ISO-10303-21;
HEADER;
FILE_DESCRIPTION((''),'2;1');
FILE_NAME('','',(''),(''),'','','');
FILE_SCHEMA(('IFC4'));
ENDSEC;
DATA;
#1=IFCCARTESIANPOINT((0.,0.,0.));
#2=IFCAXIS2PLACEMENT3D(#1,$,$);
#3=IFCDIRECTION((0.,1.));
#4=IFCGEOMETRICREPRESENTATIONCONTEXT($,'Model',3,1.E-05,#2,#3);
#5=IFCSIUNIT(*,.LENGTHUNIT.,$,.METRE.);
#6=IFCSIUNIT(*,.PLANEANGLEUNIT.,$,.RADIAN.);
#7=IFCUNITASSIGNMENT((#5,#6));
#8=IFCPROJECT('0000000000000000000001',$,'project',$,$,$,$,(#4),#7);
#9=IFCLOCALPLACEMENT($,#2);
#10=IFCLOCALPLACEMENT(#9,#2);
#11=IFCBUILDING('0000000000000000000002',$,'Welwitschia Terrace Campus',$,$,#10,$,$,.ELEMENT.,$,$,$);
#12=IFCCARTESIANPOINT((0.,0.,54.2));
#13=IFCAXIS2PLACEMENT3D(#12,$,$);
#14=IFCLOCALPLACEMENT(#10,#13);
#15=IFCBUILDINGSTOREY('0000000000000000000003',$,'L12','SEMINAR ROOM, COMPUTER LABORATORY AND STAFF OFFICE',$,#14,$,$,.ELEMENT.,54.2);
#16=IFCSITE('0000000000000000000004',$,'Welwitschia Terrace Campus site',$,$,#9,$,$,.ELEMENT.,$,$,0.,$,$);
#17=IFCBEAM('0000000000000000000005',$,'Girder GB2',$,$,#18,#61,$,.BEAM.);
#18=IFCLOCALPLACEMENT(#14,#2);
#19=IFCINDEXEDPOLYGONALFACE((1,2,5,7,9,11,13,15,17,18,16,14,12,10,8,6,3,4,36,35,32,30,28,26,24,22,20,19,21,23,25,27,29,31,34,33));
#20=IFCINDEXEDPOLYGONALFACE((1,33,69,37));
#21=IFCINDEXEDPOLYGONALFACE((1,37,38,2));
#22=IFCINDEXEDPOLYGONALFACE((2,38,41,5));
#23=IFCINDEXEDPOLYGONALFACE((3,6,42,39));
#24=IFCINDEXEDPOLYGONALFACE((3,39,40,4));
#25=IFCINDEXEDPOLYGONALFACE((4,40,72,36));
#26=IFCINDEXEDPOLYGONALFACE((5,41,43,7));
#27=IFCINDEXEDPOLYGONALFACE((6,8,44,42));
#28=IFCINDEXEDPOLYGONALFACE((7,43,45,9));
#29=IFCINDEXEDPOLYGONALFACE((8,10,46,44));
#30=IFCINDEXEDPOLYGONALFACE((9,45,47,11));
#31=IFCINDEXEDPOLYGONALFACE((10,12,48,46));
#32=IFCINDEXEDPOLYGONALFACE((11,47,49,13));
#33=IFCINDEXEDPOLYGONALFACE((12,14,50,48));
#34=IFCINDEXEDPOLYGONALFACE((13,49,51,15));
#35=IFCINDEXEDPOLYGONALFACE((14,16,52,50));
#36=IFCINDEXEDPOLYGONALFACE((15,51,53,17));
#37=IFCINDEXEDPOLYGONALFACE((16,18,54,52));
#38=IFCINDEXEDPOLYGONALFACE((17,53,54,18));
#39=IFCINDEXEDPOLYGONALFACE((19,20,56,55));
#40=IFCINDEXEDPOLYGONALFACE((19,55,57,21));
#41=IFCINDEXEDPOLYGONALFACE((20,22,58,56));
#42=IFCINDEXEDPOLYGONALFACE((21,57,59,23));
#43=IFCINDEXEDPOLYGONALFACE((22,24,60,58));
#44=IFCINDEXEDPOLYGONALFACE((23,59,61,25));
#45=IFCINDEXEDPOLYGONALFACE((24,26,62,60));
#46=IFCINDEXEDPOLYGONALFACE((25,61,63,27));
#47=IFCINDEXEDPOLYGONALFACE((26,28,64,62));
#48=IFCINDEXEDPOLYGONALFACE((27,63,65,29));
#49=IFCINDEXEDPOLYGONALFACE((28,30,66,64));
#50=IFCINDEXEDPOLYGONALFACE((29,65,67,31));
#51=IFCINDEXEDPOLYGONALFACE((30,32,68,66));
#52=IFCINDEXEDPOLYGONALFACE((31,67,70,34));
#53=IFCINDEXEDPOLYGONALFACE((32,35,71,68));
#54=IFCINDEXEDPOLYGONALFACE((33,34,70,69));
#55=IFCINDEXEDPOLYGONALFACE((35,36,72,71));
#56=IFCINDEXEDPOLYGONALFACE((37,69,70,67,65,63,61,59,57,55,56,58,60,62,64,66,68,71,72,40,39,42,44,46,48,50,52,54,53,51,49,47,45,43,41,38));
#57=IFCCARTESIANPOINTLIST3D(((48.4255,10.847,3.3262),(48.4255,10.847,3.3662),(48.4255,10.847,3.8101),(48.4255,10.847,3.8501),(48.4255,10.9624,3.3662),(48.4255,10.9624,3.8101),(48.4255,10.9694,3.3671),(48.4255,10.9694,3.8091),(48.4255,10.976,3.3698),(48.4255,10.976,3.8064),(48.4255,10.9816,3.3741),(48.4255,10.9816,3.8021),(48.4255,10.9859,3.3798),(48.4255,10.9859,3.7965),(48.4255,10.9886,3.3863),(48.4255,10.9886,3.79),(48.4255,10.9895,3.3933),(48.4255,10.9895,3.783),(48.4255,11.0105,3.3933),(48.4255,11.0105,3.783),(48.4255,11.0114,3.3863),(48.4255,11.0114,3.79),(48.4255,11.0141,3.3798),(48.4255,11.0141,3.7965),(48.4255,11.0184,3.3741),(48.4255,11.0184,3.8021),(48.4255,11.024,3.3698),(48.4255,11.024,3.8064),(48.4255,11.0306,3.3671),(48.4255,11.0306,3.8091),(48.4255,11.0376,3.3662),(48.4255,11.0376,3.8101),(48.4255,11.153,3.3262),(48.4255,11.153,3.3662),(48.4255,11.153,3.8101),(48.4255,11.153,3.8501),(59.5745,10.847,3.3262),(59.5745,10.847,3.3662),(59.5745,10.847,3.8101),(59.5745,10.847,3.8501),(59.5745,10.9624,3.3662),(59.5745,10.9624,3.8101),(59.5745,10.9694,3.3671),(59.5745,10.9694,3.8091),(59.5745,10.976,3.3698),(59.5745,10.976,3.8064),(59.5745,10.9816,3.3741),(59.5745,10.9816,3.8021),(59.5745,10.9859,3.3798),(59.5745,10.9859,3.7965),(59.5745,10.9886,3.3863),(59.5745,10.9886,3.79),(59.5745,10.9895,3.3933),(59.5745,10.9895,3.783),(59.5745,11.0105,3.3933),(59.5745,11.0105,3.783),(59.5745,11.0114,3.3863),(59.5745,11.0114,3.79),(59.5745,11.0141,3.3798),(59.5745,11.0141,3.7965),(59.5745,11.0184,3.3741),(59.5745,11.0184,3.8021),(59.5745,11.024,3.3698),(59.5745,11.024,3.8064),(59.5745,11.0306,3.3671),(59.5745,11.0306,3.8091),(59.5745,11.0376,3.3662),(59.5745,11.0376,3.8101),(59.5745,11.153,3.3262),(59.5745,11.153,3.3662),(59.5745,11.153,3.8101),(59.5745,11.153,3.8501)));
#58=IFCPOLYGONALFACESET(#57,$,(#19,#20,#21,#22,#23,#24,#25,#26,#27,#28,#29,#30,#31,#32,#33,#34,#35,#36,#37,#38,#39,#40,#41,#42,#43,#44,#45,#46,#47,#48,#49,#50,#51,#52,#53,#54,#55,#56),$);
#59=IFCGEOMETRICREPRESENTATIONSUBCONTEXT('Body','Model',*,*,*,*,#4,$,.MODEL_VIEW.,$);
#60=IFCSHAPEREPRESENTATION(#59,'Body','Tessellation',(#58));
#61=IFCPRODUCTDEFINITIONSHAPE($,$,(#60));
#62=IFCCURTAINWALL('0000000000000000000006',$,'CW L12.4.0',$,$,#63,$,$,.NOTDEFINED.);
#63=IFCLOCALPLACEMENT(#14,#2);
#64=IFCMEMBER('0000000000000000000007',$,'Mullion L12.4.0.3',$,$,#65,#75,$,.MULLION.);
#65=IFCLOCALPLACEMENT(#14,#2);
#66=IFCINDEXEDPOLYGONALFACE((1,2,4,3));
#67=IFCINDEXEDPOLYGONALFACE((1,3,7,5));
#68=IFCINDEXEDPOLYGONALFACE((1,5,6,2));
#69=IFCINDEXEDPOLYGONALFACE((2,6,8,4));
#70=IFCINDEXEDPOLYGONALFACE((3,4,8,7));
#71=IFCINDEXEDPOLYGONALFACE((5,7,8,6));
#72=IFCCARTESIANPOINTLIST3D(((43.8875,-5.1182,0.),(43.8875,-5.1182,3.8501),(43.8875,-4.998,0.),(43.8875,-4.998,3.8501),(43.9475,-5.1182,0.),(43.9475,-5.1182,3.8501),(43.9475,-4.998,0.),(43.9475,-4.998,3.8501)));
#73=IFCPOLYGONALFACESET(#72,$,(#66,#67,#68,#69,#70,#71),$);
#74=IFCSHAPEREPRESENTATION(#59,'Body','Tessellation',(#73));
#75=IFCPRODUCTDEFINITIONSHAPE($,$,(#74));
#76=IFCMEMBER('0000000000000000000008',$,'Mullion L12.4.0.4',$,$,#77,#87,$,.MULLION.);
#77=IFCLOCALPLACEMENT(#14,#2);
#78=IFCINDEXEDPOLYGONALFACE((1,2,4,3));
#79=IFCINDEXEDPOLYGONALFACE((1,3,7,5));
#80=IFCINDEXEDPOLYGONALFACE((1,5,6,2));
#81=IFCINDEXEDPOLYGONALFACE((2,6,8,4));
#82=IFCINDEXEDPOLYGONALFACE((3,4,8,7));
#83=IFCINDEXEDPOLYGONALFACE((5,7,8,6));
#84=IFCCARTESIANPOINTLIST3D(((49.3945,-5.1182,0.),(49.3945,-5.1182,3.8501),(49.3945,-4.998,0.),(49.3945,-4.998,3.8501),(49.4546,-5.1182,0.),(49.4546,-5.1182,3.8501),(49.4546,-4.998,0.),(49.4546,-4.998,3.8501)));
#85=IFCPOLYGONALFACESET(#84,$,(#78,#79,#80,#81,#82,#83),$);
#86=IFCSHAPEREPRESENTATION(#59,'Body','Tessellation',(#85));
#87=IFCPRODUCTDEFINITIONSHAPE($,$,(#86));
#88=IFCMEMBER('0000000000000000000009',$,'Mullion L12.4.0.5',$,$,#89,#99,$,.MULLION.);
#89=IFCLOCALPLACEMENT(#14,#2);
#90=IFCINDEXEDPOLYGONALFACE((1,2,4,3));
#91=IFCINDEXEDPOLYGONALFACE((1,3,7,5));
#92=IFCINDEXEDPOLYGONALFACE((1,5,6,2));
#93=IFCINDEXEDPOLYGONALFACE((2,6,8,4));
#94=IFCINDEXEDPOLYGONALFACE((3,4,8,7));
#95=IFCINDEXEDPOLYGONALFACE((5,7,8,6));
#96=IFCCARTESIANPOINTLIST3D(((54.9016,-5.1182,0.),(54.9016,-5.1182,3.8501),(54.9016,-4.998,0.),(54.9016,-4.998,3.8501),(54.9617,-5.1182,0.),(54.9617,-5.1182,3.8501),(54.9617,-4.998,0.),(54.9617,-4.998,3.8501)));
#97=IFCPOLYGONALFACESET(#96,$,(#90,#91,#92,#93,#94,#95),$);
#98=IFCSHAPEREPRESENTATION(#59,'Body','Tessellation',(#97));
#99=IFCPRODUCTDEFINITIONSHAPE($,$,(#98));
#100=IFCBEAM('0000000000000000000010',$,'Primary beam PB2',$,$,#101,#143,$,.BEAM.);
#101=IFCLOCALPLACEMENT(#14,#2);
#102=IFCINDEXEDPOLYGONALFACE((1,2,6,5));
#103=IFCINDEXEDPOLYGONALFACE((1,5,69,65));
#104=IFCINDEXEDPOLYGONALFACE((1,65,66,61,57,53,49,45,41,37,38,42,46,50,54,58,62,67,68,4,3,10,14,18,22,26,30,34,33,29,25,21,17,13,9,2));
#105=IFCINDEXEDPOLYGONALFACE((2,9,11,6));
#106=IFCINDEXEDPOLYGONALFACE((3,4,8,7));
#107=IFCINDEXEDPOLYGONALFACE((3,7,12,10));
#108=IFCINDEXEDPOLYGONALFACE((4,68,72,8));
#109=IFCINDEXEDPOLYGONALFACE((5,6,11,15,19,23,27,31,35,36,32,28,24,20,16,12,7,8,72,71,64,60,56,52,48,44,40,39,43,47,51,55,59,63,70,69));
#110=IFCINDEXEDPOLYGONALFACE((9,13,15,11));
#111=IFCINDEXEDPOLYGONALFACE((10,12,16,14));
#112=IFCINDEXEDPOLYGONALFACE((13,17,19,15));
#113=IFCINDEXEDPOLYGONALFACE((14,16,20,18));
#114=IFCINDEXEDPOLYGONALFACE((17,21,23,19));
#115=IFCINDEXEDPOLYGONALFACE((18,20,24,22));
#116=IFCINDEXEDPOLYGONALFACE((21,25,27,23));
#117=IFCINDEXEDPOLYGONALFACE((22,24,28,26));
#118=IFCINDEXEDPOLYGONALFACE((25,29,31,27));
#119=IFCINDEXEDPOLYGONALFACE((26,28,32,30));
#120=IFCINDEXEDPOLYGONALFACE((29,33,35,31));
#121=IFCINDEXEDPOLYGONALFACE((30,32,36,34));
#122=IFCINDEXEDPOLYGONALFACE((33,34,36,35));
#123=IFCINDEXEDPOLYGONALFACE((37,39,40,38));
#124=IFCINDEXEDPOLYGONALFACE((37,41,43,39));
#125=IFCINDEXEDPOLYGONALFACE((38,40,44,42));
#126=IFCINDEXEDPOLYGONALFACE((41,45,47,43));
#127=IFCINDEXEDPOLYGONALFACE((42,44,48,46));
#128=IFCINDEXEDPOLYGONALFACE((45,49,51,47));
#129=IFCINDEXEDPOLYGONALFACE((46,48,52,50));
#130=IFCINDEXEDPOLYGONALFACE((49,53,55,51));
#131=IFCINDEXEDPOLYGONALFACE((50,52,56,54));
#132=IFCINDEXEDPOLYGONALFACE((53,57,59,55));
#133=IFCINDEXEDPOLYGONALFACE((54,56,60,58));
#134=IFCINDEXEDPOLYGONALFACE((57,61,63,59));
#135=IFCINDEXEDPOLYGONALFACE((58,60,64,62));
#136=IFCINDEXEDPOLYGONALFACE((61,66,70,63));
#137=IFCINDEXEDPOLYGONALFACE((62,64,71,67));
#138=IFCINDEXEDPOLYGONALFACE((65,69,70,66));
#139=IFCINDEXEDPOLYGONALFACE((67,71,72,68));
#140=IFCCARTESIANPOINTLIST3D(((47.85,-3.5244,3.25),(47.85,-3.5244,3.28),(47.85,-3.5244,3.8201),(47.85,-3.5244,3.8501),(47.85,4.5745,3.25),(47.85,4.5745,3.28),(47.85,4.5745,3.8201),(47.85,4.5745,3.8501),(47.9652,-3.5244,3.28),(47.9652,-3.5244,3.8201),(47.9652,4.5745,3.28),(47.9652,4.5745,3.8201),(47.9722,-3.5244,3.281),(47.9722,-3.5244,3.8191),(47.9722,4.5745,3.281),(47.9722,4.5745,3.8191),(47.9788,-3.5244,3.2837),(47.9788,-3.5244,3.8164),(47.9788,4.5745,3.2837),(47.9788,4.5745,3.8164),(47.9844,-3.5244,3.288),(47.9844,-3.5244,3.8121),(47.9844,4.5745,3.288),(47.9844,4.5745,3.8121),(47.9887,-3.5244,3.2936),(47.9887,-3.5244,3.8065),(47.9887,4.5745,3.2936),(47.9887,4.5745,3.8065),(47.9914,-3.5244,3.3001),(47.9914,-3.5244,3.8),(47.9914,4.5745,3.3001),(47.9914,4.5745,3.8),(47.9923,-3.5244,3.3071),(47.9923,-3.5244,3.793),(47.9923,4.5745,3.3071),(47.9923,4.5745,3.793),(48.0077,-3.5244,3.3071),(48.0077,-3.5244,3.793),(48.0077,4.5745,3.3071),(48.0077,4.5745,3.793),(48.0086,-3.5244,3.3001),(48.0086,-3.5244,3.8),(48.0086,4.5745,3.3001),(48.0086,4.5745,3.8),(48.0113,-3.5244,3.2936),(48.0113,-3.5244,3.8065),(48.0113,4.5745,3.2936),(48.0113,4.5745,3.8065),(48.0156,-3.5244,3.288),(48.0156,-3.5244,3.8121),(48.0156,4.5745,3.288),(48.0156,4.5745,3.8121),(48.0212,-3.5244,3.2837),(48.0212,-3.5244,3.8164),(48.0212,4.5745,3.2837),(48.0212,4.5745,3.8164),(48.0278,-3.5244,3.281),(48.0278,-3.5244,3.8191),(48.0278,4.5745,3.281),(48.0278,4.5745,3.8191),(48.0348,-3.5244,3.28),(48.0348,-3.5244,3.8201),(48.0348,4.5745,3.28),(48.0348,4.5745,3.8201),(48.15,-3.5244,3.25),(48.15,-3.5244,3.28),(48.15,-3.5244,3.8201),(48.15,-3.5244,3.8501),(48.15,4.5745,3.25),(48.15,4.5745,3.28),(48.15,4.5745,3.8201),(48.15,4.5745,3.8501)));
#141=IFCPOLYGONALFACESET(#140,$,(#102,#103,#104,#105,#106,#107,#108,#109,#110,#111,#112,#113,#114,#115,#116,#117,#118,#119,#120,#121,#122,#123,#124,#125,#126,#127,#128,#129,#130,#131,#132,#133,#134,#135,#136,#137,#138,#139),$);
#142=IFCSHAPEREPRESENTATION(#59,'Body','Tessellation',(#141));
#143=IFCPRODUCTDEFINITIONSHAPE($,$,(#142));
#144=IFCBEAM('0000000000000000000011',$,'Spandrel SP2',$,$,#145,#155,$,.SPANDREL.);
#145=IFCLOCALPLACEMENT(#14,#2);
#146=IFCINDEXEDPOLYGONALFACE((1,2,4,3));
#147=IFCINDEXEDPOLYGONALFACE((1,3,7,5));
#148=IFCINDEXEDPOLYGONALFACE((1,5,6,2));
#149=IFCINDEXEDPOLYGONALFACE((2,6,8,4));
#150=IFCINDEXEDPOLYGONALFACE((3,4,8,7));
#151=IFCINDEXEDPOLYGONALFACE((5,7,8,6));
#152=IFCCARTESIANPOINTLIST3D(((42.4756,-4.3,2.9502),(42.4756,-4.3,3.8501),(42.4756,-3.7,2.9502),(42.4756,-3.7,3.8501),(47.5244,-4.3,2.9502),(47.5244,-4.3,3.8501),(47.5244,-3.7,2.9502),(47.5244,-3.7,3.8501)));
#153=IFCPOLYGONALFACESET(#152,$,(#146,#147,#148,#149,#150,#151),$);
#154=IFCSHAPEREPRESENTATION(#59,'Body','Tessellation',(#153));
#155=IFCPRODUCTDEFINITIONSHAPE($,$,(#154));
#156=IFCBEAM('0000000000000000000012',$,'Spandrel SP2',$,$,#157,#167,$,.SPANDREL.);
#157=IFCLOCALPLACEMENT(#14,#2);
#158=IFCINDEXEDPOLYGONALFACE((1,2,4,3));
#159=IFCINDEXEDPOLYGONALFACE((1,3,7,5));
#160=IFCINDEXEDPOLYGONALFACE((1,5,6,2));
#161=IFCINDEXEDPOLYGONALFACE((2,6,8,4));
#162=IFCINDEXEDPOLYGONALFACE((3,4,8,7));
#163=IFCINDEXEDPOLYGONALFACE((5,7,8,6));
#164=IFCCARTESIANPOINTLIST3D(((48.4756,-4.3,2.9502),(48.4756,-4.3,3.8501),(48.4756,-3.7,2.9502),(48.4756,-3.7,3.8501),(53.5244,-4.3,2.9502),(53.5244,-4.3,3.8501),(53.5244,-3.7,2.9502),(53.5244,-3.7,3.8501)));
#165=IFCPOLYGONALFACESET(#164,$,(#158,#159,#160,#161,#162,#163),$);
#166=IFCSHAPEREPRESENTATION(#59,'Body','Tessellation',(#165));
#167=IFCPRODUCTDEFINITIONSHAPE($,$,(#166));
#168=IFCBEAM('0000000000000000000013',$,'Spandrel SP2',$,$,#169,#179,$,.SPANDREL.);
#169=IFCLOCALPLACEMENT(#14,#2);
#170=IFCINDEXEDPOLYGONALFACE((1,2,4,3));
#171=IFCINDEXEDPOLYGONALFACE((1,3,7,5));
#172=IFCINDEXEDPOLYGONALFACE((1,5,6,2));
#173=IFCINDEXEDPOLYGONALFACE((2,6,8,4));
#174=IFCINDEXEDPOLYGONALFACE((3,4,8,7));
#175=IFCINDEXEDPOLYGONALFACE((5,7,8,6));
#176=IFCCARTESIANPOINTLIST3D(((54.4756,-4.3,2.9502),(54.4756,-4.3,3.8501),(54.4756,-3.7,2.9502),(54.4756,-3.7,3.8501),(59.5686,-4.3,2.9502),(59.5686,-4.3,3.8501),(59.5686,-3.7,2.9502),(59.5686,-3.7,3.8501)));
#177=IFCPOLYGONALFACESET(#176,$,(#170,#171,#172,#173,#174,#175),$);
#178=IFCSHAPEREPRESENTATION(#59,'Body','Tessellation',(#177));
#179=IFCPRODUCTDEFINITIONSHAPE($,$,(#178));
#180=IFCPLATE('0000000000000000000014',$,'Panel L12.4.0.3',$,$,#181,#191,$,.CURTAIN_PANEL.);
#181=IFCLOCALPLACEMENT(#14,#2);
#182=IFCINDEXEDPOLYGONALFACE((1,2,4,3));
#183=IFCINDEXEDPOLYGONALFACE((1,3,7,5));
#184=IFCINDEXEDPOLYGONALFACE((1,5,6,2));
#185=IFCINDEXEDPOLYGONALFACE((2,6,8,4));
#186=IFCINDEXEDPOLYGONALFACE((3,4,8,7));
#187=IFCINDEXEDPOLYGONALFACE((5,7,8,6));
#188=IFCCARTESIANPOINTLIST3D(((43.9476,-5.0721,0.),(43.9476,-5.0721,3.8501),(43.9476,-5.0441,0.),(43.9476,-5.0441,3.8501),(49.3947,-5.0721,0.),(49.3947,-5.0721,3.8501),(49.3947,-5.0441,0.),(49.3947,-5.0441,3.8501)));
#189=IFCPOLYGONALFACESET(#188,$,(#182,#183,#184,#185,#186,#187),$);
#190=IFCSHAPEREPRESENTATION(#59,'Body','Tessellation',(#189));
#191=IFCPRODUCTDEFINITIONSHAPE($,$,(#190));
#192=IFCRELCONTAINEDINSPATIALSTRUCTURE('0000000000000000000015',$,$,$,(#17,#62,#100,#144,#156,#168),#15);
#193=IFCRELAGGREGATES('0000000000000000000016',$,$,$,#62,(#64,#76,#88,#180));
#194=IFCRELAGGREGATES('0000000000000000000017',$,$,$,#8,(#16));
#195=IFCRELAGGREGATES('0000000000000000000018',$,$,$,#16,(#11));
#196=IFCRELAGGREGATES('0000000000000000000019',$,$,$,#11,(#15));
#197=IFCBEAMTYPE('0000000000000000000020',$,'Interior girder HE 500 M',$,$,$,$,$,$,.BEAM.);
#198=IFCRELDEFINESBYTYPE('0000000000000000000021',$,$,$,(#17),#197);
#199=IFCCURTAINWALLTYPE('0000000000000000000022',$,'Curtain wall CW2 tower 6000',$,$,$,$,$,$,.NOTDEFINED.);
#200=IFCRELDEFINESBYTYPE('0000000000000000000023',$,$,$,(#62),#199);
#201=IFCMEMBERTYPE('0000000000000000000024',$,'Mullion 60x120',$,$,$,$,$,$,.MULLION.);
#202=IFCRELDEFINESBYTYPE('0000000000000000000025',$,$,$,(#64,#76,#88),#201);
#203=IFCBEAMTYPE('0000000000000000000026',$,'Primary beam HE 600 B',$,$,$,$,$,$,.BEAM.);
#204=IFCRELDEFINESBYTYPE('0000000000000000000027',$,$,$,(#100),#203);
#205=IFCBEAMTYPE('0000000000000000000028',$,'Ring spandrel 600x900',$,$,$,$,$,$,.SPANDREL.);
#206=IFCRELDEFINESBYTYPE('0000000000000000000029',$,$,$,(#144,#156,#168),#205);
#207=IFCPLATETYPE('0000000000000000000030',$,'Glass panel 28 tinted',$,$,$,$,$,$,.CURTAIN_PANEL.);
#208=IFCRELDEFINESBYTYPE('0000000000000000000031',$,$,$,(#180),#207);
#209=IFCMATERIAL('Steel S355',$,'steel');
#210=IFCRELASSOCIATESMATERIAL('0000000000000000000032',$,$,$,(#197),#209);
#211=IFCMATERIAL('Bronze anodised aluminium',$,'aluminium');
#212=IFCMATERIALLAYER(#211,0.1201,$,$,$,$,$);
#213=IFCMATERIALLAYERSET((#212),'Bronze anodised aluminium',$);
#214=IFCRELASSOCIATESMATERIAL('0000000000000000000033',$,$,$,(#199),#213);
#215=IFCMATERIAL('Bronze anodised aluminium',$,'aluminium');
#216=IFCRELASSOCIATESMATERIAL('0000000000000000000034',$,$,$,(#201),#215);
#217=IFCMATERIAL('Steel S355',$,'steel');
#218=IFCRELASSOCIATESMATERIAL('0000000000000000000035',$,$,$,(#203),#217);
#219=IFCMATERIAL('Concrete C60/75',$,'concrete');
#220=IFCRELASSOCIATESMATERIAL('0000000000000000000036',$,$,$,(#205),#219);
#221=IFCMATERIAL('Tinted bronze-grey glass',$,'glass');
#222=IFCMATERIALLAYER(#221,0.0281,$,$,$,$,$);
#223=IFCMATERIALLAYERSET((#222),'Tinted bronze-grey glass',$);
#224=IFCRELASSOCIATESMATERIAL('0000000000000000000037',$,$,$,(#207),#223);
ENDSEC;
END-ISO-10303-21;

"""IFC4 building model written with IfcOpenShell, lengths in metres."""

from ifc_helpers import new_model, si_unit, direction, frame, origin, origin_2d, place, context, subcontext, project, spatial, rectangle, i_section, extrude, material, layer, layer_set, material_profile, profile_set, type_object, element, aggregate, save


model = new_model("IFC4")

# Units and contexts
model_context = context("Model", 3, precision=1e-05, world=origin(), true_north=direction((0.0, 1.0)))
body_context = subcontext(model_context, "Body", "Model", "MODEL_VIEW")
ifc_project = project(units=[si_unit("LENGTHUNIT", "METRE"), si_unit("PLANEANGLEUNIT", "RADIAN")], contexts=[model_context])

# Site, building, storey
site_placement = place(None, origin())
site = spatial("IfcSite", under=ifc_project, at=site_placement, Name="Welwitschia Terrace Campus site", CompositionType="ELEMENT", RefElevation=0.0)
building_placement = place(site_placement, origin())
building = spatial("IfcBuilding", under=site, at=building_placement, Name="Welwitschia Terrace Campus", CompositionType="ELEMENT")
storey_placement = place(building_placement, frame((0.0, 0.0, 54.2)))
storey = spatial("IfcBuildingStorey", under=building, at=storey_placement, Name="L12", Description="SEMINAR ROOM, COMPUTER LABORATORY AND STAFF OFFICE", CompositionType="ELEMENT", Elevation=54.2)

# Beam
ifc_material_1 = material(Name="Steel S355", Category="steel")
ifc_material_profile_1 = material_profile(ifc_material_1, i_section(OverallWidth=0.3059, OverallDepth=0.5239, WebThickness=0.021, FlangeThickness=0.04, FilletRadius=0.0271, at=origin_2d()))
ifc_profile_set_1 = profile_set([ifc_material_profile_1], Name="Steel S355")
beam_type_1 = type_object("IfcBeamType", Name="Interior girder HE 500 M", PredefinedType="BEAM", material=ifc_profile_set_1)
for number, where, z_axis, x_axis, name in (
    (1, (48.4255, 11.0, 3.5881), (1.0, 0.0, 0.0), (0.0, 1.0, 0.0), "Girder GB2"),
):
    element("IfcBeam", number, at=place(storey_placement, frame(where, z_axis=z_axis, x_axis=x_axis)), inside=storey, type_object=beam_type_1, Name=name, PredefinedType="BEAM", context=body_context, shape_type="SweptSolid", body=[
        extrude(i_section(OverallWidth=0.3059, OverallDepth=0.5239, WebThickness=0.021, FlangeThickness=0.04, FilletRadius=0.0271, at=origin_2d()), origin(), (0.0, 0.0, 1.0), 11.1489),
    ])

# Curtain wall, members
ifc_material_2 = material(Name="Bronze anodised aluminium", Category="aluminium")
ifc_layer_1 = layer(ifc_material_2, 0.1201)
ifc_layer_set_1 = layer_set([ifc_layer_1], Name="Bronze anodised aluminium")
curtain_wall_type = type_object("IfcCurtainWallType", Name="Curtain wall CW2 tower 6000", PredefinedType="NOTDEFINED", material=ifc_layer_set_1)
curtain_wall_placement = place(storey_placement, origin())
curtain_wall = element("IfcCurtainWall", 2, at=curtain_wall_placement, inside=storey, type_object=curtain_wall_type, Name="CW L12.4.0", PredefinedType="NOTDEFINED")
ifc_material_3 = material(Name="Bronze anodised aluminium", Category="aluminium")
ifc_material_profile_2 = material_profile(ifc_material_3, rectangle(XDim=0.1201, YDim=0.0601, at=origin_2d()))
ifc_profile_set_2 = profile_set([ifc_material_profile_2], Name="Bronze anodised aluminium")
member_type = type_object("IfcMemberType", Name="Mullion 60x120", PredefinedType="MULLION", material=ifc_profile_set_2)
member_1_placement = place(storey_placement, frame((43.9175, -5.0581, 0.0), z_axis=(0.0, 0.0, 1.0), x_axis=(0.0, 1.0, 0.0)))
member_1 = element("IfcMember", 3, at=member_1_placement, type_object=member_type, Name="Mullion L12.4.0.3", PredefinedType="MULLION", context=body_context, shape_type="SweptSolid", body=[
    extrude(rectangle(XDim=0.1201, YDim=0.0601, at=origin_2d()), origin(), (0.0, 0.0, 1.0), 3.8501),
])
member_2_placement = place(storey_placement, frame((49.4246, -5.0581, 0.0), z_axis=(0.0, 0.0, 1.0), x_axis=(0.0, 1.0, 0.0)))
member_2 = element("IfcMember", 4, at=member_2_placement, type_object=member_type, Name="Mullion L12.4.0.4", PredefinedType="MULLION", context=body_context, shape_type="SweptSolid", body=[
    extrude(rectangle(XDim=0.1201, YDim=0.0601, at=origin_2d()), origin(), (0.0, 0.0, 1.0), 3.8501),
])
member_3_placement = place(storey_placement, frame((54.9316, -5.0581, 0.0), z_axis=(0.0, 0.0, 1.0), x_axis=(0.0, 1.0, 0.0)))
member_3 = element("IfcMember", 5, at=member_3_placement, type_object=member_type, Name="Mullion L12.4.0.5", PredefinedType="MULLION", context=body_context, shape_type="SweptSolid", body=[
    extrude(rectangle(XDim=0.1201, YDim=0.0601, at=origin_2d()), origin(), (0.0, 0.0, 1.0), 3.8501),
])

# Beams
ifc_material_4 = material(Name="Steel S355", Category="steel")
ifc_material_profile_3 = material_profile(ifc_material_4, i_section(OverallWidth=0.3, OverallDepth=0.6001, WebThickness=0.0154, FlangeThickness=0.03, FilletRadius=0.0271, at=origin_2d()))
ifc_profile_set_3 = profile_set([ifc_material_profile_3], Name="Steel S355")
beam_type_2 = type_object("IfcBeamType", Name="Primary beam HE 600 B", PredefinedType="BEAM", material=ifc_profile_set_3)
beam_1_placement = place(storey_placement, frame((48.0, -3.5244, 3.55), z_axis=(0.0, 1.0, 0.0), x_axis=(-1.0, 0.0, 0.0)))
element("IfcBeam", 6, at=beam_1_placement, inside=storey, type_object=beam_type_2, Name="Primary beam PB2", PredefinedType="BEAM", context=body_context, shape_type="SweptSolid", body=[
    extrude(i_section(OverallWidth=0.3, OverallDepth=0.6001, WebThickness=0.0154, FlangeThickness=0.03, FilletRadius=0.0271, at=origin_2d()), origin(), (0.0, 0.0, 1.0), 8.0989),
])
ifc_material_5 = material(Name="Concrete C60/75", Category="concrete")
ifc_material_profile_4 = material_profile(ifc_material_5, rectangle(XDim=0.6001, YDim=0.8999, at=origin_2d()))
ifc_profile_set_4 = profile_set([ifc_material_profile_4], Name="Concrete C60/75")
beam_type_3 = type_object("IfcBeamType", Name="Ring spandrel 600x900", PredefinedType="SPANDREL", material=ifc_profile_set_4)
for number, where, z_axis, x_axis, name in (
    (7, (42.4756, -4.0, 3.4001), (1.0, 0.0, 0.0), (0.0, 1.0, 0.0), "Spandrel SP2"),
    (8, (48.4756, -4.0, 3.4001), (1.0, 0.0, 0.0), (0.0, 1.0, 0.0), "Spandrel SP2"),
):
    element("IfcBeam", number, at=place(storey_placement, frame(where, z_axis=z_axis, x_axis=x_axis)), inside=storey, type_object=beam_type_3, Name=name, PredefinedType="SPANDREL", context=body_context, shape_type="SweptSolid", body=[
        extrude(rectangle(XDim=0.6001, YDim=0.8999, at=origin_2d()), origin(), (0.0, 0.0, 1.0), 5.0488),
    ])
beam_2_placement = place(storey_placement, frame((54.4756, -4.0, 3.4001), z_axis=(1.0, 0.0, 0.0), x_axis=(0.0, 1.0, 0.0)))
element("IfcBeam", 9, at=beam_2_placement, inside=storey, type_object=beam_type_3, Name="Spandrel SP2", PredefinedType="SPANDREL", context=body_context, shape_type="SweptSolid", body=[
    extrude(rectangle(XDim=0.6001, YDim=0.8999, at=origin_2d()), origin(), (0.0, 0.0, 1.0), 5.093),
])

# Plate
ifc_material_6 = material(Name="Tinted bronze-grey glass", Category="glass")
ifc_layer_2 = layer(ifc_material_6, 0.0281)
ifc_layer_set_2 = layer_set([ifc_layer_2], Name="Tinted bronze-grey glass")
plate_type = type_object("IfcPlateType", Name="Glass panel 28 tinted", PredefinedType="CURTAIN_PANEL", material=ifc_layer_set_2)
plate_1_placement = place(storey_placement, frame((46.6711, -5.0581, 0.0), z_axis=(0.0, 0.0, 1.0), x_axis=(1.0, 0.0, 0.0)))
plate_1 = element("IfcPlate", 10, at=plate_1_placement, type_object=plate_type, Name="Panel L12.4.0.3", PredefinedType="CURTAIN_PANEL", context=body_context, shape_type="SweptSolid", body=[
    extrude(rectangle(XDim=5.447, YDim=0.0281, at=origin_2d()), origin(), (0.0, 0.0, 1.0), 3.8501),
])
aggregate(curtain_wall, [member_1, member_2, member_3, plate_1])

save(model, "model.ifc")
